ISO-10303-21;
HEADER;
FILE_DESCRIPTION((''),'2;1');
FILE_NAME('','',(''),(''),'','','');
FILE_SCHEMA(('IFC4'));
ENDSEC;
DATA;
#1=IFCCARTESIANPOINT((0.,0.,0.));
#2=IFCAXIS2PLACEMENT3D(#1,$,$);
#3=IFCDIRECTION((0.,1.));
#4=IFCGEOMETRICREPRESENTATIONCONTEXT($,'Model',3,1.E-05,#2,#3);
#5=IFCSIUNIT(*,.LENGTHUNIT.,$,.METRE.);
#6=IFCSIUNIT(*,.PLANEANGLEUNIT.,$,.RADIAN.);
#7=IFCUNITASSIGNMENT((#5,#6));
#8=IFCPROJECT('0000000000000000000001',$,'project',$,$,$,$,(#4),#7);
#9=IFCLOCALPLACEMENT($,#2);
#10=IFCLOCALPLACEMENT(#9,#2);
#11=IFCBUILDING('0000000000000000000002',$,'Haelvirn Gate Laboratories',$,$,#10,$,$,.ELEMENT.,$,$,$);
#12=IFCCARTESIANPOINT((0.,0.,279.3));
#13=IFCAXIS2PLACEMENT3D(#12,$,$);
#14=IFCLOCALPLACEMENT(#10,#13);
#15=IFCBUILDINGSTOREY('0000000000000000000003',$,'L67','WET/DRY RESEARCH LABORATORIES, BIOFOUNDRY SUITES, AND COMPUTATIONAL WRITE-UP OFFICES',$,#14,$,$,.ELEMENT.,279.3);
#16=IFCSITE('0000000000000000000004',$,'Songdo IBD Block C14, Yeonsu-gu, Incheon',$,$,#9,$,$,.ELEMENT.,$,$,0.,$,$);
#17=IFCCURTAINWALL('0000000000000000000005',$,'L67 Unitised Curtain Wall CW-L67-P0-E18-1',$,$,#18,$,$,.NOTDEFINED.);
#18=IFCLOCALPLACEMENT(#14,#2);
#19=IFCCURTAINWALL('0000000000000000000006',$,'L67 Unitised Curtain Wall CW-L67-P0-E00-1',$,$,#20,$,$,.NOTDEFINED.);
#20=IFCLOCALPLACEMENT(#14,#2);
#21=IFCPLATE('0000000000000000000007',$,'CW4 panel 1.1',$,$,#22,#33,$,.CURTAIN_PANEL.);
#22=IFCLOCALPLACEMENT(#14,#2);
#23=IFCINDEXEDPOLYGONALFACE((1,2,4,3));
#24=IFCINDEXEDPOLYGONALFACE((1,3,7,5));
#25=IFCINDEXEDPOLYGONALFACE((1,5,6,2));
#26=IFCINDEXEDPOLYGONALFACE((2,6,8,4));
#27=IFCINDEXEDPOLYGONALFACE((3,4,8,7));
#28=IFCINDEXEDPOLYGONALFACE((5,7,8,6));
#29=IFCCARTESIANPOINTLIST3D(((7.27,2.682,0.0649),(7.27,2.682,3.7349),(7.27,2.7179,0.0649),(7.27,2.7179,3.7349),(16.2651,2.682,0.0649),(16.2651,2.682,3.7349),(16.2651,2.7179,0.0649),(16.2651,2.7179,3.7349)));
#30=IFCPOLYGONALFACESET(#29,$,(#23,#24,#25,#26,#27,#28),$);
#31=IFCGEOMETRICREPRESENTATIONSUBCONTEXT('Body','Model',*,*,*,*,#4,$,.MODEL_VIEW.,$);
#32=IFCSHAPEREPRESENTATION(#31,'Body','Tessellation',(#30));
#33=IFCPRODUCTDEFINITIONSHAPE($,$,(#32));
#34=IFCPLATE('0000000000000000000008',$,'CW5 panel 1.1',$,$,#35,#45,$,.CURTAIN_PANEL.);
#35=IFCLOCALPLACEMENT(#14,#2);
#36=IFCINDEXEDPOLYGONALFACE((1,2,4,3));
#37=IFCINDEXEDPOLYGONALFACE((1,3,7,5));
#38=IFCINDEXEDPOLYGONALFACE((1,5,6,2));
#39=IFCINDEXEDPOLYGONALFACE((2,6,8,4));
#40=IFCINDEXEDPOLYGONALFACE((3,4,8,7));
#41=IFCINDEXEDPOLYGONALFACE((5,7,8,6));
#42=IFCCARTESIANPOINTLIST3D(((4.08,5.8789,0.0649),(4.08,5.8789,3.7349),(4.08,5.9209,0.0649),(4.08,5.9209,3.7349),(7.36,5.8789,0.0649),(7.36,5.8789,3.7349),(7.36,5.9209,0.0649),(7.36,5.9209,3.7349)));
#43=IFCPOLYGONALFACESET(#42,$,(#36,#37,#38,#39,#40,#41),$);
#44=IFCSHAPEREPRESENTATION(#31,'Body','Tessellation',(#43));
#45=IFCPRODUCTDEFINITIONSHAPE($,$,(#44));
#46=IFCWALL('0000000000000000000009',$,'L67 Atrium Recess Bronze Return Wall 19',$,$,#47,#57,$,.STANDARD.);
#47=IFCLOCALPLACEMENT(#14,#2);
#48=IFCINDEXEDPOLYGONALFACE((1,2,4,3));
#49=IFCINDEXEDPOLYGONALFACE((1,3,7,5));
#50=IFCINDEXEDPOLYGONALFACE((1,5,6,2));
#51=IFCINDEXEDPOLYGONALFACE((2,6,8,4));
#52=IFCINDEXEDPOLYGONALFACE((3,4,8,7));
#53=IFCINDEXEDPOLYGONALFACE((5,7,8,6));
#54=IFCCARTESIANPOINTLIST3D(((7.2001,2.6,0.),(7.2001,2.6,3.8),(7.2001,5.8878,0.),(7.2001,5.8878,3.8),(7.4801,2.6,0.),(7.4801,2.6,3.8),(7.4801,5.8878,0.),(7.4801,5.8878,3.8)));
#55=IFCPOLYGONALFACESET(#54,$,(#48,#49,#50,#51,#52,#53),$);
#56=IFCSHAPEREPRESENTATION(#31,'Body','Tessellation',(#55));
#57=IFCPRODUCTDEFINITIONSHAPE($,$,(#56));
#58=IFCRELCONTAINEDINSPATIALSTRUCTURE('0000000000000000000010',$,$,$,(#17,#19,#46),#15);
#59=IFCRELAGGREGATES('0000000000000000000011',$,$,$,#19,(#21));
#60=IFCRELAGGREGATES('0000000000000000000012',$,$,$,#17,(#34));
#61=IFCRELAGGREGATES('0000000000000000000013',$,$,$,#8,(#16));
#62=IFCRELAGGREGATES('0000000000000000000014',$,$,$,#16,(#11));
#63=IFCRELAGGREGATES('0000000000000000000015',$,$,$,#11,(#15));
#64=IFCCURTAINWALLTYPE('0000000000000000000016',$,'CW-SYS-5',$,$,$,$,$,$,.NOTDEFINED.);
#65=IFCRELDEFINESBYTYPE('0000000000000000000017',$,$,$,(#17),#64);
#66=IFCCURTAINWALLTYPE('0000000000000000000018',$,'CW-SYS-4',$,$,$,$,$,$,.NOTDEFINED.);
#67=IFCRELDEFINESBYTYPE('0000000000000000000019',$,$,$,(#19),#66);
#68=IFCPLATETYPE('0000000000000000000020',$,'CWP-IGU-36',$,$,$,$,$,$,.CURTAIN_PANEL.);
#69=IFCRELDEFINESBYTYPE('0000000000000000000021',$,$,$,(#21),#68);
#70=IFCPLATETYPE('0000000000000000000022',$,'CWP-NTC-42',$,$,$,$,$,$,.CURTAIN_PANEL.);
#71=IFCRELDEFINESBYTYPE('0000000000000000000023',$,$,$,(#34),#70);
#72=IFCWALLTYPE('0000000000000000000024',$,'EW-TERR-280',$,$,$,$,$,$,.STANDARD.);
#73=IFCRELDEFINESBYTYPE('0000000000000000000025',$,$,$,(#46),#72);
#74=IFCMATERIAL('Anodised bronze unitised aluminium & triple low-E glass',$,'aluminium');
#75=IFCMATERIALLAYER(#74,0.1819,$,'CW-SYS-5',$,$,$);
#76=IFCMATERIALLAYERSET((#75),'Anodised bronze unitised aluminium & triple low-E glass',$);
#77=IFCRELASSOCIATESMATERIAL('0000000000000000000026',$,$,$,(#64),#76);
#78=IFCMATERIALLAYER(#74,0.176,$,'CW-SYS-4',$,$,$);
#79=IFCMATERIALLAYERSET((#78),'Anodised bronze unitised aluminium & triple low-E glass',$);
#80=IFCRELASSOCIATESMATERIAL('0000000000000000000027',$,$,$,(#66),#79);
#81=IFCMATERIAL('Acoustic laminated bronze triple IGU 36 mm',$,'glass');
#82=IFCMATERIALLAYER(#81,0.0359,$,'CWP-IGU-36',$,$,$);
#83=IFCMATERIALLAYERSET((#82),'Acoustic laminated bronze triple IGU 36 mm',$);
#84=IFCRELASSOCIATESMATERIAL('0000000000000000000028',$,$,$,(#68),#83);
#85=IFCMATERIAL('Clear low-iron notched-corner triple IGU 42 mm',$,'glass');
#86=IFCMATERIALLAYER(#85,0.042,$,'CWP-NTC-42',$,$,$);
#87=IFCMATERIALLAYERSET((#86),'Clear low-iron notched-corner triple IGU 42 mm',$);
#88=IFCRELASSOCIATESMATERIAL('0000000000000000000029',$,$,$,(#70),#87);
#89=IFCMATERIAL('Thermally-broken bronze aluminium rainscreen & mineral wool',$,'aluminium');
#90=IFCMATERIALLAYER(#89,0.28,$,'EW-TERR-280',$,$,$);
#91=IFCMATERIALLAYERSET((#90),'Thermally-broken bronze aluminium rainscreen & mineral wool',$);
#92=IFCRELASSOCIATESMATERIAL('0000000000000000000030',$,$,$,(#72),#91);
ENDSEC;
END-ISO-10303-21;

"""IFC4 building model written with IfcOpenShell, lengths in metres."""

from ifc_helpers import new_model, si_unit, direction, frame, frame_2d, origin, origin_2d, place, context, subcontext, project, spatial, rectangle, extrude, source, transform, mapped, material, layer, layer_set, type_object, type_shapes, element, aggregate, save


model = new_model("IFC4")

# Units and contexts
model_context = context("Model", 3, precision=1e-05, world=origin(), true_north=direction((0.0, 1.0)))
body_context = subcontext(model_context, "Body", "Model", "MODEL_VIEW")
ifc_project = project(units=[si_unit("LENGTHUNIT", "METRE"), si_unit("PLANEANGLEUNIT", "RADIAN")], contexts=[model_context])

# Site, building, storey
site_placement = place(None, origin())
site = spatial("IfcSite", under=ifc_project, at=site_placement, Name="Songdo IBD Block C14, Yeonsu-gu, Incheon", CompositionType="ELEMENT", RefElevation=0.0)
building_placement = place(site_placement, origin())
building = spatial("IfcBuilding", under=site, at=building_placement, Name="Haelvirn Gate Laboratories", CompositionType="ELEMENT")
storey_placement = place(building_placement, frame((0.0, 0.0, 279.3)))
storey = spatial("IfcBuildingStorey", under=building, at=storey_placement, Name="L67", Description="WET/DRY RESEARCH LABORATORIES, BIOFOUNDRY SUITES, AND COMPUTATIONAL WRITE-UP OFFICES", CompositionType="ELEMENT", Elevation=279.3)

# Curtain wall
ifc_material_1 = material(Name="Anodised bronze unitised aluminium & triple low-E glass", Category="aluminium")
ifc_layer_1 = layer(ifc_material_1, 0.1819, Name="CW-SYS-5")
ifc_layer_set_1 = layer_set([ifc_layer_1], Name="Anodised bronze unitised aluminium & triple low-E glass")
curtain_wall_type_1 = type_object("IfcCurtainWallType", Name="CW-SYS-5", PredefinedType="NOTDEFINED", material=ifc_layer_set_1)
curtain_wall_1_placement = place(storey_placement, origin())
curtain_wall_1 = element("IfcCurtainWall", 1, at=curtain_wall_1_placement, inside=storey, type_object=curtain_wall_type_1, Name="L67 Unitised Curtain Wall CW-L67-P0-E18-1", PredefinedType="NOTDEFINED")

# Curtain wall
ifc_layer_2 = layer(ifc_material_1, 0.176, Name="CW-SYS-4")
ifc_layer_set_2 = layer_set([ifc_layer_2], Name="Anodised bronze unitised aluminium & triple low-E glass")
curtain_wall_type_2 = type_object("IfcCurtainWallType", Name="CW-SYS-4", PredefinedType="NOTDEFINED", material=ifc_layer_set_2)
curtain_wall_2_placement = place(storey_placement, origin())
curtain_wall_2 = element("IfcCurtainWall", 2, at=curtain_wall_2_placement, inside=storey, type_object=curtain_wall_type_2, Name="L67 Unitised Curtain Wall CW-L67-P0-E00-1", PredefinedType="NOTDEFINED")

# Plates
ifc_material_2 = material(Name="Acoustic laminated bronze triple IGU 36 mm", Category="glass")
ifc_layer_3 = layer(ifc_material_2, 0.0359, Name="CWP-IGU-36")
ifc_layer_set_3 = layer_set([ifc_layer_3], Name="Acoustic laminated bronze triple IGU 36 mm")
plate_type_1 = type_object("IfcPlateType", Name="CWP-IGU-36", PredefinedType="CURTAIN_PANEL", material=ifc_layer_set_3)
shared_shape_1 = source(origin(), body_context, "Body", "SweptSolid", [
    extrude(rectangle(XDim=8.9951, YDim=0.0359, at=origin_2d()), origin(), (0.0, 0.0, 1.0), 3.6699),
])
type_shapes(plate_type_1, [shared_shape_1])
plate_1_placement = place(storey_placement, frame((11.7676, 2.7, 0.0649), z_axis=(0.0, 0.0, 1.0), x_axis=(1.0, 0.0, 0.0)))
plate_1 = element("IfcPlate", 3, at=plate_1_placement, type_object=plate_type_1, Name="CW4 panel 1.1", PredefinedType="CURTAIN_PANEL", context=body_context, shape_type="MappedRepresentation", body=[
    mapped(shared_shape_1, transform((0.0, 0.0, 0.0), scale=1.0)),
])
aggregate(curtain_wall_2, [plate_1])
ifc_material_3 = material(Name="Clear low-iron notched-corner triple IGU 42 mm", Category="glass")
ifc_layer_4 = layer(ifc_material_3, 0.042, Name="CWP-NTC-42")
ifc_layer_set_4 = layer_set([ifc_layer_4], Name="Clear low-iron notched-corner triple IGU 42 mm")
plate_type_2 = type_object("IfcPlateType", Name="CWP-NTC-42", PredefinedType="CURTAIN_PANEL", material=ifc_layer_set_4)
shared_shape_2 = source(origin(), body_context, "Body", "SweptSolid", [
    extrude(rectangle(XDim=3.28, YDim=0.042, at=origin_2d()), origin(), (0.0, 0.0, 1.0), 3.6699),
])
type_shapes(plate_type_2, [shared_shape_2])
plate_2_placement = place(storey_placement, frame((5.72, 5.8999, 0.0649), z_axis=(0.0, 0.0, 1.0), x_axis=(1.0, 0.0, 0.0)))
plate_2 = element("IfcPlate", 4, at=plate_2_placement, type_object=plate_type_2, Name="CW5 panel 1.1", PredefinedType="CURTAIN_PANEL", context=body_context, shape_type="MappedRepresentation", body=[
    mapped(shared_shape_2, transform((0.0, 0.0, 0.0), scale=1.0)),
])
aggregate(curtain_wall_1, [plate_2])

# Wall
ifc_material_4 = material(Name="Thermally-broken bronze aluminium rainscreen & mineral wool", Category="aluminium")
ifc_layer_5 = layer(ifc_material_4, 0.28, Name="EW-TERR-280")
ifc_layer_set_5 = layer_set([ifc_layer_5], Name="Thermally-broken bronze aluminium rainscreen & mineral wool")
wall_type = type_object("IfcWallType", Name="EW-TERR-280", PredefinedType="STANDARD", material=ifc_layer_set_5)
wall_placement = place(storey_placement, frame((7.3401, 5.8879, 0.0), z_axis=(0.0, 0.0, 1.0), x_axis=(0.0, -1.0, 0.0)))
element("IfcWall", 5, at=wall_placement, inside=storey, type_object=wall_type, Name="L67 Atrium Recess Bronze Return Wall 19", PredefinedType="STANDARD", context=body_context, shape_type="SweptSolid", body=[
    extrude(rectangle(XDim=3.2878, YDim=0.28, at=frame_2d((1.644, 0.0))), origin(), (0.0, 0.0, 1.0), 3.8),
])

save(model, "model.ifc")
